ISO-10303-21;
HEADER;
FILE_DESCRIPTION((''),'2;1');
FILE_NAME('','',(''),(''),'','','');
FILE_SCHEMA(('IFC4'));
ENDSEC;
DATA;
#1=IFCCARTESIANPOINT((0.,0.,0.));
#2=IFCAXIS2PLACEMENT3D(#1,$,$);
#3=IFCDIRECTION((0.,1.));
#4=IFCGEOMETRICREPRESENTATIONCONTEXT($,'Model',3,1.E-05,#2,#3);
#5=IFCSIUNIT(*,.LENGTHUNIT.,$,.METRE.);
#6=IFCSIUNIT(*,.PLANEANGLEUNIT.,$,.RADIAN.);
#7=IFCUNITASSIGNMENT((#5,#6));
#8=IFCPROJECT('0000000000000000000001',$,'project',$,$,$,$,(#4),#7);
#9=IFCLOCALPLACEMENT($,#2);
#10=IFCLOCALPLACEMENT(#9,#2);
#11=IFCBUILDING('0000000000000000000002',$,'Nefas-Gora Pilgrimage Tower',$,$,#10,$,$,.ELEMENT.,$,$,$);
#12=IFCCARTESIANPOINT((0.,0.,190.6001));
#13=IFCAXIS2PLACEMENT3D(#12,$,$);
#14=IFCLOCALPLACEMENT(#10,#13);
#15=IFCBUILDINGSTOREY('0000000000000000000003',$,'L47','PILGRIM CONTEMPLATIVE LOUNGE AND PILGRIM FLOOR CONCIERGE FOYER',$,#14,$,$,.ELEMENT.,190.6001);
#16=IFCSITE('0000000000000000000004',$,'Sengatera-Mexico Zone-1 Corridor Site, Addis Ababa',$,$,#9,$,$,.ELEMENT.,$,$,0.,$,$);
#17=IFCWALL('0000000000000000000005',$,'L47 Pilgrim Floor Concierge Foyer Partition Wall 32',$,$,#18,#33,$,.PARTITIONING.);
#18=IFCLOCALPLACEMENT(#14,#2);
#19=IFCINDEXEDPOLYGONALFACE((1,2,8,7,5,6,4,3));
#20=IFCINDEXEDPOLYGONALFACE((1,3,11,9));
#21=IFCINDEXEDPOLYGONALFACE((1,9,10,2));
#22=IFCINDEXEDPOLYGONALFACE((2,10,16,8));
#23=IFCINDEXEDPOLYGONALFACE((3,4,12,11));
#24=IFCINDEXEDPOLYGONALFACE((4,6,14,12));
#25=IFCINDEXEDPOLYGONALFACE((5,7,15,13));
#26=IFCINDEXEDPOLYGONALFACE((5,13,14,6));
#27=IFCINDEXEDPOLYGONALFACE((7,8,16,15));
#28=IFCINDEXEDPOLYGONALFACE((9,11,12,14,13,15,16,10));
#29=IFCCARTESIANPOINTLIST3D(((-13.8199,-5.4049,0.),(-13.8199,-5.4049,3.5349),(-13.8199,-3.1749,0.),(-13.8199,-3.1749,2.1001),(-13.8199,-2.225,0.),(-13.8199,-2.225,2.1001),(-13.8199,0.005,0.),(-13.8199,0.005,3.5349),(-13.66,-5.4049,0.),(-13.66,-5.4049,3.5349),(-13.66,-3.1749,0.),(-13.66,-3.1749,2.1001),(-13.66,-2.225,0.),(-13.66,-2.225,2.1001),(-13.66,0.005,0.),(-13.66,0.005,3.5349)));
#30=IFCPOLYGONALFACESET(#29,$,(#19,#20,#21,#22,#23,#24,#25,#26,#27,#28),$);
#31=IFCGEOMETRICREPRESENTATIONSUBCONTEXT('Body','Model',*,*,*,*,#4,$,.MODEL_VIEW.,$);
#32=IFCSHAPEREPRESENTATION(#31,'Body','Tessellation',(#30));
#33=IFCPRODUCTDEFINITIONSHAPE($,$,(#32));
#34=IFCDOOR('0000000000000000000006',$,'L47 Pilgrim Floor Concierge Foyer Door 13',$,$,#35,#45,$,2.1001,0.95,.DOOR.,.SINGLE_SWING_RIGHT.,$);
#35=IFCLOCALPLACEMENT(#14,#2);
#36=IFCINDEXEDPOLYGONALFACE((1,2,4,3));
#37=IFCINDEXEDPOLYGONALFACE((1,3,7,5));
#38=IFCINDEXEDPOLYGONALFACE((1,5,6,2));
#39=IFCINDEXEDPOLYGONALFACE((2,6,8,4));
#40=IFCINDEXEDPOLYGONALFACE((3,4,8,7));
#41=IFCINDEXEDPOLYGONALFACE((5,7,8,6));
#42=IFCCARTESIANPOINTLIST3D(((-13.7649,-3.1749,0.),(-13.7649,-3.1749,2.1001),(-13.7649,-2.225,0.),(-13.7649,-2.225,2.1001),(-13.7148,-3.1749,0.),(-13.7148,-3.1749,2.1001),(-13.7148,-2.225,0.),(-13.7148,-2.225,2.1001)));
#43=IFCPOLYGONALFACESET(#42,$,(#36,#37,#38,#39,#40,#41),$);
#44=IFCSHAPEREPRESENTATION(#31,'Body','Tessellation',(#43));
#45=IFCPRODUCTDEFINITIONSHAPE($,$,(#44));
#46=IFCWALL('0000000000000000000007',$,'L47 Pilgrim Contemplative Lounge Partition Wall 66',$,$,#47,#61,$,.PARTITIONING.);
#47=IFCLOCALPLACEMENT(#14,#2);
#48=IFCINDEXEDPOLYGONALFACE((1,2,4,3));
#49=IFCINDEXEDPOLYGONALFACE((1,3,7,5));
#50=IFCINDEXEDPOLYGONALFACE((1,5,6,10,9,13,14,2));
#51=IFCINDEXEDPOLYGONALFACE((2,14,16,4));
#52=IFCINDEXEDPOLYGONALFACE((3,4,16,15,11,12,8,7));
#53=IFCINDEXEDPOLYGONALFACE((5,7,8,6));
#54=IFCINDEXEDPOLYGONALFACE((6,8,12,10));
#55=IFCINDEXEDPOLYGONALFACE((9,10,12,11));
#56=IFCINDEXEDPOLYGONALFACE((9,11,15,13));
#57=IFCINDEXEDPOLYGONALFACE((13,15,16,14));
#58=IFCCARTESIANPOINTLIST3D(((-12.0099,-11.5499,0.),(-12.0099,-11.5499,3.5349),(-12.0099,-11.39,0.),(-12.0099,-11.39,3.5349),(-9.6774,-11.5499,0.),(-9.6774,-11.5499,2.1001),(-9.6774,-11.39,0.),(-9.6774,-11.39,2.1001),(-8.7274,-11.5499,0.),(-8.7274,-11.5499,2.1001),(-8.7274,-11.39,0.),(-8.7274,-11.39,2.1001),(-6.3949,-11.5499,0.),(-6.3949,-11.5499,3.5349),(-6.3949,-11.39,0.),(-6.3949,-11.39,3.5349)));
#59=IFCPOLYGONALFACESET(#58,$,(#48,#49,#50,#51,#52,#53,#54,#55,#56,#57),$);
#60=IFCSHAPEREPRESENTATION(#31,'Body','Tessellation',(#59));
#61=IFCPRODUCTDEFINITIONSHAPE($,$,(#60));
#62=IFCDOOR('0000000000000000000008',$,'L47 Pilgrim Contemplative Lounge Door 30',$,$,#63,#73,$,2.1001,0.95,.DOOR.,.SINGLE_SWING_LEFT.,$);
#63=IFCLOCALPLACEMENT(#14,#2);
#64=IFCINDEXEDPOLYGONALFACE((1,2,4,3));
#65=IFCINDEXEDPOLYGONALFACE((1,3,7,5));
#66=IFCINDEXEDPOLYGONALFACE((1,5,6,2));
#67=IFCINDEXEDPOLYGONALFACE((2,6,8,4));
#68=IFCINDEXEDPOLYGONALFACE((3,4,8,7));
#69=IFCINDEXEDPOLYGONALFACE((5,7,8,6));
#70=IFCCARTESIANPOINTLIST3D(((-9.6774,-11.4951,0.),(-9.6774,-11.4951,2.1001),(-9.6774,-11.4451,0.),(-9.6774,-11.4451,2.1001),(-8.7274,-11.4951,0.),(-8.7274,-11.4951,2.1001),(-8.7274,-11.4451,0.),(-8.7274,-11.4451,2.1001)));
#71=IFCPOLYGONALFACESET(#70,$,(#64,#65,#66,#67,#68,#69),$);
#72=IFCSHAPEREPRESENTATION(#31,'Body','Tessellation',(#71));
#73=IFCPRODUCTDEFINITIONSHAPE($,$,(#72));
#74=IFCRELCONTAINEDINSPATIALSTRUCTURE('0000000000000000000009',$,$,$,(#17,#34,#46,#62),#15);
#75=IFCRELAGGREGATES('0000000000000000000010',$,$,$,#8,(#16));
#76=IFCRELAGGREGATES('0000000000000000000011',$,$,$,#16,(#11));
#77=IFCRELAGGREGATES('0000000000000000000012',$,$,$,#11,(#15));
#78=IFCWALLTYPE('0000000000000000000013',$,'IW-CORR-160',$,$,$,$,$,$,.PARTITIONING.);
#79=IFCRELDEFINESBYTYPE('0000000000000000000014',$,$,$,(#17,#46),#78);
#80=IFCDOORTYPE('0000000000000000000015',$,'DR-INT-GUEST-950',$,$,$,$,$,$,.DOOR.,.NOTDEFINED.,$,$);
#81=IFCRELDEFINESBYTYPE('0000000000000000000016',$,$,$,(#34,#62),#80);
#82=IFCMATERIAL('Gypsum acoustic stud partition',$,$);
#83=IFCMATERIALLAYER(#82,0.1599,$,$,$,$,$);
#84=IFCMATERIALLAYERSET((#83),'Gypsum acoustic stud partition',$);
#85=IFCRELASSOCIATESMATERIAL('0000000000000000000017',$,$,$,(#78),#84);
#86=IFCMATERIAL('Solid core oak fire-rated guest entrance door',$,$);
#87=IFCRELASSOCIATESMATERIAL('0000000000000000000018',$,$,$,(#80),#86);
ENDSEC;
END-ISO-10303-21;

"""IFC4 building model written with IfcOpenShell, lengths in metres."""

from ifc_helpers import new_model, si_unit, direction, frame, frame_2d, origin, place, context, subcontext, project, spatial, rectangle, extrude, source, transform, mapped, material, layer, layer_set, type_object, element, fill, save


model = new_model("IFC4")

# Units and contexts
model_context = context("Model", 3, precision=1e-05, world=origin(), true_north=direction((0.0, 1.0)))
body_context = subcontext(model_context, "Body", "Model", "MODEL_VIEW")
ifc_project = project(units=[si_unit("LENGTHUNIT", "METRE"), si_unit("PLANEANGLEUNIT", "RADIAN")], contexts=[model_context])

# Site, building, storey
site_placement = place(None, origin())
site = spatial("IfcSite", under=ifc_project, at=site_placement, Name="Sengatera-Mexico Zone-1 Corridor Site, Addis Ababa", CompositionType="ELEMENT", RefElevation=0.0)
building_placement = place(site_placement, origin())
building = spatial("IfcBuilding", under=site, at=building_placement, Name="Nefas-Gora Pilgrimage Tower", CompositionType="ELEMENT")
storey_placement = place(building_placement, frame((0.0, 0.0, 190.6001)))
storey = spatial("IfcBuildingStorey", under=building, at=storey_placement, Name="L47", Description="PILGRIM CONTEMPLATIVE LOUNGE AND PILGRIM FLOOR CONCIERGE FOYER", CompositionType="ELEMENT", Elevation=190.6001)

# Shared definitions
ifc_material_1 = material(Name="Gypsum acoustic stud partition")
ifc_layer_1 = layer(ifc_material_1, 0.1599)
ifc_layer_set_1 = layer_set([ifc_layer_1], Name="Gypsum acoustic stud partition")
wall_type_1 = type_object("IfcWallType", Name="IW-CORR-160", PredefinedType="PARTITIONING", material=ifc_layer_set_1)
ifc_material_2 = material(Name="Solid core oak fire-rated guest entrance door")
door_type = type_object("IfcDoorType", Name="DR-INT-GUEST-950", OperationType="NOTDEFINED", PredefinedType="DOOR", material=ifc_material_2)
shared_shape_1 = source(origin(), body_context, "Body", "SweptSolid", [
    extrude(rectangle(XDim=0.95, YDim=2.1001, at=frame_2d((0.4751, 1.05))), frame((0.0, 0.0249, 0.0), z_axis=(0.0, -1.0, 0.0), x_axis=(1.0, 0.0, 0.0)), (0.0, 0.0, 1.0), 0.05),
])

# Walls, openings, doors
shared_shape_2 = source(origin(), body_context, "Body", "SweptSolid", [
    extrude(rectangle(XDim=5.4099, YDim=0.1599, at=frame_2d((2.7051, 0.0))), origin(), (0.0, 0.0, 1.0), 3.5349),
])
wall_1_placement = place(storey_placement, frame((-13.74, -5.405, 0.0), z_axis=(0.0, 0.0, 1.0), x_axis=(0.0, 1.0, 0.0)))
wall_1 = element("IfcWall", 1, at=wall_1_placement, inside=storey, type_object=wall_type_1, Name="L47 Pilgrim Floor Concierge Foyer Partition Wall 32", PredefinedType="PARTITIONING", context=body_context, shape_type="MappedRepresentation", body=[
    mapped(shared_shape_2, transform((0.0, 0.0, 0.0), x_axis=(1.0, 0.0, 0.0), y_axis=(0.0, 1.0, 0.0), z_axis=(0.0, 0.0, 1.0), scale=1.0)),
])
opening_1_placement = place(wall_1_placement, frame((2.23, 0.0, 0.0)))
opening_1 = element("IfcOpeningElement", 2, at=opening_1_placement, cuts=wall_1, PredefinedType="OPENING", context=body_context, shape_type="SweptSolid", body=[
    extrude(rectangle(XDim=0.95, YDim=2.1001, at=frame_2d((0.4751, 1.05))), frame((0.0, 0.0898, 0.0), z_axis=(0.0, -1.0, 0.0), x_axis=(1.0, 0.0, 0.0)), (0.0, 0.0, 1.0), 0.1799),
])
door_1_placement = place(opening_1_placement, origin())
door_1 = element("IfcDoor", 3, at=door_1_placement, inside=storey, type_object=door_type, Name="L47 Pilgrim Floor Concierge Foyer Door 13", OperationType="SINGLE_SWING_RIGHT", OverallHeight=2.1001, OverallWidth=0.95, PredefinedType="DOOR", context=body_context, shape_type="MappedRepresentation", body=[
    mapped(shared_shape_1, transform((0.0, 0.0, 0.0), x_axis=(1.0, 0.0, 0.0), y_axis=(0.0, 1.0, 0.0), z_axis=(0.0, 0.0, 1.0), scale=1.0)),
])
fill(opening_1, door_1)
shared_shape_3 = source(origin(), body_context, "Body", "SweptSolid", [
    extrude(rectangle(XDim=5.615, YDim=0.1599, at=frame_2d((2.8076, 0.0))), origin(), (0.0, 0.0, 1.0), 3.5349),
])
wall_2_placement = place(storey_placement, frame((-12.01, -11.47, 0.0), z_axis=(0.0, 0.0, 1.0), x_axis=(1.0, 0.0, 0.0)))
wall_2 = element("IfcWall", 4, at=wall_2_placement, inside=storey, type_object=wall_type_1, Name="L47 Pilgrim Contemplative Lounge Partition Wall 66", PredefinedType="PARTITIONING", context=body_context, shape_type="MappedRepresentation", body=[
    mapped(shared_shape_3, transform((0.0, 0.0, 0.0), x_axis=(1.0, 0.0, 0.0), y_axis=(0.0, 1.0, 0.0), z_axis=(0.0, 0.0, 1.0), scale=1.0)),
])
opening_2_placement = place(wall_2_placement, frame((2.3325, 0.0, 0.0)))
opening_2 = element("IfcOpeningElement", 5, at=opening_2_placement, cuts=wall_2, PredefinedType="OPENING", context=body_context, shape_type="SweptSolid", body=[
    extrude(rectangle(XDim=0.95, YDim=2.1001, at=frame_2d((0.4751, 1.05))), frame((0.0, 0.0898, 0.0), z_axis=(0.0, -1.0, 0.0), x_axis=(1.0, 0.0, 0.0)), (0.0, 0.0, 1.0), 0.1799),
])
door_2_placement = place(opening_2_placement, origin())
door_2 = element("IfcDoor", 6, at=door_2_placement, inside=storey, type_object=door_type, Name="L47 Pilgrim Contemplative Lounge Door 30", OperationType="SINGLE_SWING_LEFT", OverallHeight=2.1001, OverallWidth=0.95, PredefinedType="DOOR", context=body_context, shape_type="MappedRepresentation", body=[
    mapped(shared_shape_1, transform((0.0, 0.0, 0.0), x_axis=(1.0, 0.0, 0.0), y_axis=(0.0, 1.0, 0.0), z_axis=(0.0, 0.0, 1.0), scale=1.0)),
])
fill(opening_2, door_2)

save(model, "model.ifc")
